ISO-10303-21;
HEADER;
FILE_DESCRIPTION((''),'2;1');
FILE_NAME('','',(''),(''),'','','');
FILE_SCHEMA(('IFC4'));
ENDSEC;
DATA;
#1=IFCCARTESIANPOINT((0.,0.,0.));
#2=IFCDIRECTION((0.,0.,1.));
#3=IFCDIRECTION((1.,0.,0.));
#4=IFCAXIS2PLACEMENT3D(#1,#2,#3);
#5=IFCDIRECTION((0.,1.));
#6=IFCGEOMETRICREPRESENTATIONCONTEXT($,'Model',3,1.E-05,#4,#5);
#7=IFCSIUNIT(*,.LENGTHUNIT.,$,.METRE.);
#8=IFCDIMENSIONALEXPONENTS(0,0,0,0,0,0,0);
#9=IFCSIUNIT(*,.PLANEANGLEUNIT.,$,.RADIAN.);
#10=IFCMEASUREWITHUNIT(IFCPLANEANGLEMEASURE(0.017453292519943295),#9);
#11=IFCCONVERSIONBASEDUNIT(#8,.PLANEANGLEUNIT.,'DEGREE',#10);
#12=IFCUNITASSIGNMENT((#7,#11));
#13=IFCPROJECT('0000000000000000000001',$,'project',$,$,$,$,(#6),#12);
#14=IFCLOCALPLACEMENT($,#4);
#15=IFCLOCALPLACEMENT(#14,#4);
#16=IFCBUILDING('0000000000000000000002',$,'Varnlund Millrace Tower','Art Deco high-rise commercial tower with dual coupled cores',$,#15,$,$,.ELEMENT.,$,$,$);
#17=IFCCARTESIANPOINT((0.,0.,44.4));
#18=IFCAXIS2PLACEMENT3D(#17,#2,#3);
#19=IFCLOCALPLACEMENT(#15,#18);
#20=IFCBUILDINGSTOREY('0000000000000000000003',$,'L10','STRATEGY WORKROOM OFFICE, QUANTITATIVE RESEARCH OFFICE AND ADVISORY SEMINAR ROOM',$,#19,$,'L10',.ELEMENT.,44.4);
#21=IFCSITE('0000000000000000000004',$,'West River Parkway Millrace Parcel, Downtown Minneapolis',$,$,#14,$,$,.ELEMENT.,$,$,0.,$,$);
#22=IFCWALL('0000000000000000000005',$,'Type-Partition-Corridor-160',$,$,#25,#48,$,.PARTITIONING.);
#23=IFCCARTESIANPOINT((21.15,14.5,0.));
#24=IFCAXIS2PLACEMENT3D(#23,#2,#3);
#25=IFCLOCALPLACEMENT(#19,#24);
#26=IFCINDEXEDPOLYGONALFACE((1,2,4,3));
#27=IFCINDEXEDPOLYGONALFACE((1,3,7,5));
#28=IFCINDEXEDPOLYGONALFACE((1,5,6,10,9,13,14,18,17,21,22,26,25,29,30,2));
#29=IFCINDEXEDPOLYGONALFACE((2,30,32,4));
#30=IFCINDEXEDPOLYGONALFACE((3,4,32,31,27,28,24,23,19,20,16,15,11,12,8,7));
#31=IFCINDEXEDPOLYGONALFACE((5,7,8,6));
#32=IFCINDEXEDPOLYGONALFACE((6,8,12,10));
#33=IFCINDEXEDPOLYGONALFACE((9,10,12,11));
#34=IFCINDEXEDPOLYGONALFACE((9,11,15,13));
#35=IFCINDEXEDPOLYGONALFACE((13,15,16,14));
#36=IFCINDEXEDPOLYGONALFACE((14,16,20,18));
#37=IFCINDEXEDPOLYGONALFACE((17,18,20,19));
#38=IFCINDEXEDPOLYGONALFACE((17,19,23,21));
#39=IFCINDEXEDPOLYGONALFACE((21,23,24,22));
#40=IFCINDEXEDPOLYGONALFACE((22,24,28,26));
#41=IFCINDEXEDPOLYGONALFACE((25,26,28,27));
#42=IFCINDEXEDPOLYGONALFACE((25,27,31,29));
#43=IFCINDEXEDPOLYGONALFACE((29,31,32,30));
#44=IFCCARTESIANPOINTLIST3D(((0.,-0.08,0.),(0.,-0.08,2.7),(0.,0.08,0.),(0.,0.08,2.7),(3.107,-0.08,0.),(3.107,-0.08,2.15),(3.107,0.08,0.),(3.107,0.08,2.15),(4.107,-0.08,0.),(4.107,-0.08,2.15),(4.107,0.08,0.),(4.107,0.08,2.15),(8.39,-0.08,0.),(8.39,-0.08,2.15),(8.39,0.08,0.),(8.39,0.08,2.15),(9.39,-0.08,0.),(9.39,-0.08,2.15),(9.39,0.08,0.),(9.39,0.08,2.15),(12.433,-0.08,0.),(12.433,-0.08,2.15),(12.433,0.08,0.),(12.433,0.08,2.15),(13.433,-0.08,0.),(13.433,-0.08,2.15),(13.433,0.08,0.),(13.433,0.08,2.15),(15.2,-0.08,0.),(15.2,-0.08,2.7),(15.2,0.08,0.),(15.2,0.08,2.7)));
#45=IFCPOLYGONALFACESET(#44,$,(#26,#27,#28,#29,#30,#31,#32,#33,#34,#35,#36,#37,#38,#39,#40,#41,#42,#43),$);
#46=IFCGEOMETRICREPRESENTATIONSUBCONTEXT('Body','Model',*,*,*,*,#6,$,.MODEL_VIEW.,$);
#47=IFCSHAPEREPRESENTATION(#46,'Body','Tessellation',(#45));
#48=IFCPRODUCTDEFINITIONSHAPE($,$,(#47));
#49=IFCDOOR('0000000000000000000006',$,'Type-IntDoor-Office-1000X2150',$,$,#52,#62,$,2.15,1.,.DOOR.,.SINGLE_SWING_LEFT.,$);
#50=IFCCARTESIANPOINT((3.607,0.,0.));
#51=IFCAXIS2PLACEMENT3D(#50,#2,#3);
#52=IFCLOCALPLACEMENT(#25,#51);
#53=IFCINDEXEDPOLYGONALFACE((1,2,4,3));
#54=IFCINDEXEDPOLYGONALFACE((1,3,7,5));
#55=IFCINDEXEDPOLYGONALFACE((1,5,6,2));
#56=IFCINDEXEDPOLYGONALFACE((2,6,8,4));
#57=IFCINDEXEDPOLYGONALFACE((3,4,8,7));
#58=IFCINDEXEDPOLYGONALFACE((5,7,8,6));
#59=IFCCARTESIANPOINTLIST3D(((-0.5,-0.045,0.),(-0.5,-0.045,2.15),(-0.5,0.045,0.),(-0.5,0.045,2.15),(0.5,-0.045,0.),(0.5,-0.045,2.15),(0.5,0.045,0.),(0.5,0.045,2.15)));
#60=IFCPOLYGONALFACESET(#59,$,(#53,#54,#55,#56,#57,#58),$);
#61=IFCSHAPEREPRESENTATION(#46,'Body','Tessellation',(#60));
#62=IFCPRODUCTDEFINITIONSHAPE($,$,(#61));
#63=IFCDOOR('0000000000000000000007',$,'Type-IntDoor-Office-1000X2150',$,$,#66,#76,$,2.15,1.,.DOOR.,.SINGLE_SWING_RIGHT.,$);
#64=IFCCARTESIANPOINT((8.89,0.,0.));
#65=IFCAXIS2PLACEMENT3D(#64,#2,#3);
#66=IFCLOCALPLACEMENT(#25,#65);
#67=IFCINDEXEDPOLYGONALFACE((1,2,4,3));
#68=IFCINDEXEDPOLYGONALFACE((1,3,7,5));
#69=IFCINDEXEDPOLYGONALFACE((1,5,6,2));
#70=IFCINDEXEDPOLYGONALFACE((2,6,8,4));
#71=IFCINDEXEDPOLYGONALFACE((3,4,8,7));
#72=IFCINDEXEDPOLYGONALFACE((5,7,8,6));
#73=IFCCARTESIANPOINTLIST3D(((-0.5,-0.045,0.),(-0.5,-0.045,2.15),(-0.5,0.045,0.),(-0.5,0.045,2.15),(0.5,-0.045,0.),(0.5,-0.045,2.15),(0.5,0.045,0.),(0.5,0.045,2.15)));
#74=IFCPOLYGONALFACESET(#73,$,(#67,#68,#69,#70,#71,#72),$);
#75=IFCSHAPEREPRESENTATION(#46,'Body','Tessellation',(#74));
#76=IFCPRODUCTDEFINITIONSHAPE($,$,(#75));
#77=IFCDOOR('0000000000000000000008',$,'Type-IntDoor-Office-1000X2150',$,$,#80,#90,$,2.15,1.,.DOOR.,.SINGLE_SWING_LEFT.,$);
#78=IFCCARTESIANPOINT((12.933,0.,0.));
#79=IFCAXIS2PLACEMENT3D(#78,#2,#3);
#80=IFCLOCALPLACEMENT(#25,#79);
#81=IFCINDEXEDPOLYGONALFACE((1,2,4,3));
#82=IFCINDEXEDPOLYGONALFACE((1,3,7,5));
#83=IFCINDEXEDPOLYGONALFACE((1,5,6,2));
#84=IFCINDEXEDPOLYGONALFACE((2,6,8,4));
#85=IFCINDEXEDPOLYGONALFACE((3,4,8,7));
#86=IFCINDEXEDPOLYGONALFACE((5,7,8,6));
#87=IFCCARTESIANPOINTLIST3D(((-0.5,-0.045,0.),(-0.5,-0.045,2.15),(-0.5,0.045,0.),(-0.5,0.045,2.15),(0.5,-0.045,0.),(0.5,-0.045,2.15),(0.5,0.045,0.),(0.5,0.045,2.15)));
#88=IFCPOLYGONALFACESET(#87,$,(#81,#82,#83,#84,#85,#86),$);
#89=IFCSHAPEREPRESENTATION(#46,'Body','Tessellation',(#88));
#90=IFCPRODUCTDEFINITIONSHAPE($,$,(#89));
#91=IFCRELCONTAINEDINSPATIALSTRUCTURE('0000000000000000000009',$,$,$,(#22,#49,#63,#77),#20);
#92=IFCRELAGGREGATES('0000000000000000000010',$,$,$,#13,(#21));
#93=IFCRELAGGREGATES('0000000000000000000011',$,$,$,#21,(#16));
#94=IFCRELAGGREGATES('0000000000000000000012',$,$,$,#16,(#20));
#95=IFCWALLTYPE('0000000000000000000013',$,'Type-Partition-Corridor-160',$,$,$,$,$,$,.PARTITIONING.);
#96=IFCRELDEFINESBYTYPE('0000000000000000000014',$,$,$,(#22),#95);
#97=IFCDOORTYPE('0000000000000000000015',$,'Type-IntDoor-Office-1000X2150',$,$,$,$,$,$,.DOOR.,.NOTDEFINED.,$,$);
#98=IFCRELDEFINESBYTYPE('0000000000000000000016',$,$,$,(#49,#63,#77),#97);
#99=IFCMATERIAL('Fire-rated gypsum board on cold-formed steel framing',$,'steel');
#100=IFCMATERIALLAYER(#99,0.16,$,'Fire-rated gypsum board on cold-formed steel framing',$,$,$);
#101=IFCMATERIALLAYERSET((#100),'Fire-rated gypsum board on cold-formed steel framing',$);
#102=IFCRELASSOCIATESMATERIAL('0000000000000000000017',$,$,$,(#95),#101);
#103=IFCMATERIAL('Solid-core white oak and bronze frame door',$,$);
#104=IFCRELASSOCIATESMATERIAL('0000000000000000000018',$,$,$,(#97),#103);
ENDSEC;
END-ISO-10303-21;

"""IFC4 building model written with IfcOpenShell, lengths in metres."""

from ifc_helpers import new_model, entity, si_unit, converted_unit, direction, frame, origin_with_axes, origin_2d_with_axis, place, context, subcontext, project, spatial, polyline, rectangle, outline, extrude, material, layer, layer_set, type_object, element, fill, save


model = new_model("IFC4")

# Units and contexts
model_context = context("Model", 3, precision=1e-05, world=origin_with_axes(), true_north=direction((0.0, 1.0)))
body_context = subcontext(model_context, "Body", "Model", "MODEL_VIEW")
ifc_project = project(units=[si_unit("LENGTHUNIT", "METRE"), converted_unit("PLANEANGLEUNIT", "DEGREE", entity("IfcPlaneAngleMeasure", 0.017453292519943295), si_unit("PLANEANGLEUNIT", "RADIAN"), dimensions=[0, 0, 0, 0, 0, 0, 0])], contexts=[model_context])

# Site, building, storey
site_placement = place(None, origin_with_axes())
site = spatial("IfcSite", under=ifc_project, at=site_placement, Name="West River Parkway Millrace Parcel, Downtown Minneapolis", CompositionType="ELEMENT", RefElevation=0.0)
building_placement = place(site_placement, origin_with_axes())
building = spatial("IfcBuilding", under=site, at=building_placement, Name="Varnlund Millrace Tower", Description="Art Deco high-rise commercial tower with dual coupled cores", CompositionType="ELEMENT")
storey_placement = place(building_placement, frame((0.0, 0.0, 44.4), z_axis=(0.0, 0.0, 1.0), x_axis=(1.0, 0.0, 0.0)))
storey = spatial("IfcBuildingStorey", under=building, at=storey_placement, Name="L10", Description="STRATEGY WORKROOM OFFICE, QUANTITATIVE RESEARCH OFFICE AND ADVISORY SEMINAR ROOM", LongName="L10", CompositionType="ELEMENT", Elevation=44.4)

# Shared definitions
ifc_material_1 = material(Name="Fire-rated gypsum board on cold-formed steel framing", Category="steel")
ifc_layer_1 = layer(ifc_material_1, 0.16, Name="Fire-rated gypsum board on cold-formed steel framing")
ifc_layer_set_1 = layer_set([ifc_layer_1], Name="Fire-rated gypsum board on cold-formed steel framing")
wall_type_1 = type_object("IfcWallType", Name="Type-Partition-Corridor-160", PredefinedType="PARTITIONING", material=ifc_layer_set_1)

# Wall, openings, doors
wall_1_placement = place(storey_placement, frame((21.15, 14.5, 0.0), z_axis=(0.0, 0.0, 1.0), x_axis=(1.0, 0.0, 0.0)))
wall_1 = element("IfcWall", 1, at=wall_1_placement, inside=storey, type_object=wall_type_1, Name="Type-Partition-Corridor-160", PredefinedType="PARTITIONING", context=body_context, shape_type="SweptSolid", body=[
    extrude(outline(polyline([(0.0, -0.08), (15.2, -0.08), (15.2, 0.08), (0.0, 0.08), (0.0, -0.08)])), origin_with_axes(), (0.0, 0.0, 1.0), 2.7),
])
opening_1_placement = place(wall_1_placement, frame((3.607, 0.0, 0.0), z_axis=(0.0, 0.0, 1.0), x_axis=(1.0, 0.0, 0.0)))
opening_1 = element("IfcOpeningElement", 2, at=opening_1_placement, cuts=wall_1, PredefinedType="OPENING", context=body_context, shape_type="SweptSolid", body=[
    extrude(rectangle(XDim=1.0, YDim=0.18, at=origin_2d_with_axis()), origin_with_axes(), (0.0, 0.0, 1.0), 2.15),
])
opening_2_placement = place(wall_1_placement, frame((8.89, 0.0, 0.0), z_axis=(0.0, 0.0, 1.0), x_axis=(1.0, 0.0, 0.0)))
opening_2 = element("IfcOpeningElement", 3, at=opening_2_placement, cuts=wall_1, PredefinedType="OPENING", context=body_context, shape_type="SweptSolid", body=[
    extrude(rectangle(XDim=1.0, YDim=0.18, at=origin_2d_with_axis()), origin_with_axes(), (0.0, 0.0, 1.0), 2.15),
])
opening_3_placement = place(wall_1_placement, frame((12.933, 0.0, 0.0), z_axis=(0.0, 0.0, 1.0), x_axis=(1.0, 0.0, 0.0)))
opening_3 = element("IfcOpeningElement", 4, at=opening_3_placement, cuts=wall_1, PredefinedType="OPENING", context=body_context, shape_type="SweptSolid", body=[
    extrude(rectangle(XDim=1.0, YDim=0.18, at=origin_2d_with_axis()), origin_with_axes(), (0.0, 0.0, 1.0), 2.15),
])
ifc_material_2 = material(Name="Solid-core white oak and bronze frame door")
door_type = type_object("IfcDoorType", Name="Type-IntDoor-Office-1000X2150", OperationType="NOTDEFINED", PredefinedType="DOOR", material=ifc_material_2)
door_1_placement = place(wall_1_placement, frame((3.607, 0.0, 0.0), z_axis=(0.0, 0.0, 1.0), x_axis=(1.0, 0.0, 0.0)))
door_1 = element("IfcDoor", 5, at=door_1_placement, inside=storey, type_object=door_type, Name="Type-IntDoor-Office-1000X2150", OperationType="SINGLE_SWING_LEFT", OverallHeight=2.15, OverallWidth=1.0, PredefinedType="DOOR", context=body_context, shape_type="SweptSolid", body=[
    extrude(rectangle(XDim=1.0, YDim=0.09, at=origin_2d_with_axis()), origin_with_axes(), (0.0, 0.0, 1.0), 2.15),
])
fill(opening_1, door_1)
door_2_placement = place(wall_1_placement, frame((8.89, 0.0, 0.0), z_axis=(0.0, 0.0, 1.0), x_axis=(1.0, 0.0, 0.0)))
door_2 = element("IfcDoor", 6, at=door_2_placement, inside=storey, type_object=door_type, Name="Type-IntDoor-Office-1000X2150", OperationType="SINGLE_SWING_RIGHT", OverallHeight=2.15, OverallWidth=1.0, PredefinedType="DOOR", context=body_context, shape_type="SweptSolid", body=[
    extrude(rectangle(XDim=1.0, YDim=0.09, at=origin_2d_with_axis()), origin_with_axes(), (0.0, 0.0, 1.0), 2.15),
])
fill(opening_2, door_2)
door_3_placement = place(wall_1_placement, frame((12.933, 0.0, 0.0), z_axis=(0.0, 0.0, 1.0), x_axis=(1.0, 0.0, 0.0)))
door_3 = element("IfcDoor", 7, at=door_3_placement, inside=storey, type_object=door_type, Name="Type-IntDoor-Office-1000X2150", OperationType="SINGLE_SWING_LEFT", OverallHeight=2.15, OverallWidth=1.0, PredefinedType="DOOR", context=body_context, shape_type="SweptSolid", body=[
    extrude(rectangle(XDim=1.0, YDim=0.09, at=origin_2d_with_axis()), origin_with_axes(), (0.0, 0.0, 1.0), 2.15),
])
fill(opening_3, door_3)

save(model, "model.ifc")
